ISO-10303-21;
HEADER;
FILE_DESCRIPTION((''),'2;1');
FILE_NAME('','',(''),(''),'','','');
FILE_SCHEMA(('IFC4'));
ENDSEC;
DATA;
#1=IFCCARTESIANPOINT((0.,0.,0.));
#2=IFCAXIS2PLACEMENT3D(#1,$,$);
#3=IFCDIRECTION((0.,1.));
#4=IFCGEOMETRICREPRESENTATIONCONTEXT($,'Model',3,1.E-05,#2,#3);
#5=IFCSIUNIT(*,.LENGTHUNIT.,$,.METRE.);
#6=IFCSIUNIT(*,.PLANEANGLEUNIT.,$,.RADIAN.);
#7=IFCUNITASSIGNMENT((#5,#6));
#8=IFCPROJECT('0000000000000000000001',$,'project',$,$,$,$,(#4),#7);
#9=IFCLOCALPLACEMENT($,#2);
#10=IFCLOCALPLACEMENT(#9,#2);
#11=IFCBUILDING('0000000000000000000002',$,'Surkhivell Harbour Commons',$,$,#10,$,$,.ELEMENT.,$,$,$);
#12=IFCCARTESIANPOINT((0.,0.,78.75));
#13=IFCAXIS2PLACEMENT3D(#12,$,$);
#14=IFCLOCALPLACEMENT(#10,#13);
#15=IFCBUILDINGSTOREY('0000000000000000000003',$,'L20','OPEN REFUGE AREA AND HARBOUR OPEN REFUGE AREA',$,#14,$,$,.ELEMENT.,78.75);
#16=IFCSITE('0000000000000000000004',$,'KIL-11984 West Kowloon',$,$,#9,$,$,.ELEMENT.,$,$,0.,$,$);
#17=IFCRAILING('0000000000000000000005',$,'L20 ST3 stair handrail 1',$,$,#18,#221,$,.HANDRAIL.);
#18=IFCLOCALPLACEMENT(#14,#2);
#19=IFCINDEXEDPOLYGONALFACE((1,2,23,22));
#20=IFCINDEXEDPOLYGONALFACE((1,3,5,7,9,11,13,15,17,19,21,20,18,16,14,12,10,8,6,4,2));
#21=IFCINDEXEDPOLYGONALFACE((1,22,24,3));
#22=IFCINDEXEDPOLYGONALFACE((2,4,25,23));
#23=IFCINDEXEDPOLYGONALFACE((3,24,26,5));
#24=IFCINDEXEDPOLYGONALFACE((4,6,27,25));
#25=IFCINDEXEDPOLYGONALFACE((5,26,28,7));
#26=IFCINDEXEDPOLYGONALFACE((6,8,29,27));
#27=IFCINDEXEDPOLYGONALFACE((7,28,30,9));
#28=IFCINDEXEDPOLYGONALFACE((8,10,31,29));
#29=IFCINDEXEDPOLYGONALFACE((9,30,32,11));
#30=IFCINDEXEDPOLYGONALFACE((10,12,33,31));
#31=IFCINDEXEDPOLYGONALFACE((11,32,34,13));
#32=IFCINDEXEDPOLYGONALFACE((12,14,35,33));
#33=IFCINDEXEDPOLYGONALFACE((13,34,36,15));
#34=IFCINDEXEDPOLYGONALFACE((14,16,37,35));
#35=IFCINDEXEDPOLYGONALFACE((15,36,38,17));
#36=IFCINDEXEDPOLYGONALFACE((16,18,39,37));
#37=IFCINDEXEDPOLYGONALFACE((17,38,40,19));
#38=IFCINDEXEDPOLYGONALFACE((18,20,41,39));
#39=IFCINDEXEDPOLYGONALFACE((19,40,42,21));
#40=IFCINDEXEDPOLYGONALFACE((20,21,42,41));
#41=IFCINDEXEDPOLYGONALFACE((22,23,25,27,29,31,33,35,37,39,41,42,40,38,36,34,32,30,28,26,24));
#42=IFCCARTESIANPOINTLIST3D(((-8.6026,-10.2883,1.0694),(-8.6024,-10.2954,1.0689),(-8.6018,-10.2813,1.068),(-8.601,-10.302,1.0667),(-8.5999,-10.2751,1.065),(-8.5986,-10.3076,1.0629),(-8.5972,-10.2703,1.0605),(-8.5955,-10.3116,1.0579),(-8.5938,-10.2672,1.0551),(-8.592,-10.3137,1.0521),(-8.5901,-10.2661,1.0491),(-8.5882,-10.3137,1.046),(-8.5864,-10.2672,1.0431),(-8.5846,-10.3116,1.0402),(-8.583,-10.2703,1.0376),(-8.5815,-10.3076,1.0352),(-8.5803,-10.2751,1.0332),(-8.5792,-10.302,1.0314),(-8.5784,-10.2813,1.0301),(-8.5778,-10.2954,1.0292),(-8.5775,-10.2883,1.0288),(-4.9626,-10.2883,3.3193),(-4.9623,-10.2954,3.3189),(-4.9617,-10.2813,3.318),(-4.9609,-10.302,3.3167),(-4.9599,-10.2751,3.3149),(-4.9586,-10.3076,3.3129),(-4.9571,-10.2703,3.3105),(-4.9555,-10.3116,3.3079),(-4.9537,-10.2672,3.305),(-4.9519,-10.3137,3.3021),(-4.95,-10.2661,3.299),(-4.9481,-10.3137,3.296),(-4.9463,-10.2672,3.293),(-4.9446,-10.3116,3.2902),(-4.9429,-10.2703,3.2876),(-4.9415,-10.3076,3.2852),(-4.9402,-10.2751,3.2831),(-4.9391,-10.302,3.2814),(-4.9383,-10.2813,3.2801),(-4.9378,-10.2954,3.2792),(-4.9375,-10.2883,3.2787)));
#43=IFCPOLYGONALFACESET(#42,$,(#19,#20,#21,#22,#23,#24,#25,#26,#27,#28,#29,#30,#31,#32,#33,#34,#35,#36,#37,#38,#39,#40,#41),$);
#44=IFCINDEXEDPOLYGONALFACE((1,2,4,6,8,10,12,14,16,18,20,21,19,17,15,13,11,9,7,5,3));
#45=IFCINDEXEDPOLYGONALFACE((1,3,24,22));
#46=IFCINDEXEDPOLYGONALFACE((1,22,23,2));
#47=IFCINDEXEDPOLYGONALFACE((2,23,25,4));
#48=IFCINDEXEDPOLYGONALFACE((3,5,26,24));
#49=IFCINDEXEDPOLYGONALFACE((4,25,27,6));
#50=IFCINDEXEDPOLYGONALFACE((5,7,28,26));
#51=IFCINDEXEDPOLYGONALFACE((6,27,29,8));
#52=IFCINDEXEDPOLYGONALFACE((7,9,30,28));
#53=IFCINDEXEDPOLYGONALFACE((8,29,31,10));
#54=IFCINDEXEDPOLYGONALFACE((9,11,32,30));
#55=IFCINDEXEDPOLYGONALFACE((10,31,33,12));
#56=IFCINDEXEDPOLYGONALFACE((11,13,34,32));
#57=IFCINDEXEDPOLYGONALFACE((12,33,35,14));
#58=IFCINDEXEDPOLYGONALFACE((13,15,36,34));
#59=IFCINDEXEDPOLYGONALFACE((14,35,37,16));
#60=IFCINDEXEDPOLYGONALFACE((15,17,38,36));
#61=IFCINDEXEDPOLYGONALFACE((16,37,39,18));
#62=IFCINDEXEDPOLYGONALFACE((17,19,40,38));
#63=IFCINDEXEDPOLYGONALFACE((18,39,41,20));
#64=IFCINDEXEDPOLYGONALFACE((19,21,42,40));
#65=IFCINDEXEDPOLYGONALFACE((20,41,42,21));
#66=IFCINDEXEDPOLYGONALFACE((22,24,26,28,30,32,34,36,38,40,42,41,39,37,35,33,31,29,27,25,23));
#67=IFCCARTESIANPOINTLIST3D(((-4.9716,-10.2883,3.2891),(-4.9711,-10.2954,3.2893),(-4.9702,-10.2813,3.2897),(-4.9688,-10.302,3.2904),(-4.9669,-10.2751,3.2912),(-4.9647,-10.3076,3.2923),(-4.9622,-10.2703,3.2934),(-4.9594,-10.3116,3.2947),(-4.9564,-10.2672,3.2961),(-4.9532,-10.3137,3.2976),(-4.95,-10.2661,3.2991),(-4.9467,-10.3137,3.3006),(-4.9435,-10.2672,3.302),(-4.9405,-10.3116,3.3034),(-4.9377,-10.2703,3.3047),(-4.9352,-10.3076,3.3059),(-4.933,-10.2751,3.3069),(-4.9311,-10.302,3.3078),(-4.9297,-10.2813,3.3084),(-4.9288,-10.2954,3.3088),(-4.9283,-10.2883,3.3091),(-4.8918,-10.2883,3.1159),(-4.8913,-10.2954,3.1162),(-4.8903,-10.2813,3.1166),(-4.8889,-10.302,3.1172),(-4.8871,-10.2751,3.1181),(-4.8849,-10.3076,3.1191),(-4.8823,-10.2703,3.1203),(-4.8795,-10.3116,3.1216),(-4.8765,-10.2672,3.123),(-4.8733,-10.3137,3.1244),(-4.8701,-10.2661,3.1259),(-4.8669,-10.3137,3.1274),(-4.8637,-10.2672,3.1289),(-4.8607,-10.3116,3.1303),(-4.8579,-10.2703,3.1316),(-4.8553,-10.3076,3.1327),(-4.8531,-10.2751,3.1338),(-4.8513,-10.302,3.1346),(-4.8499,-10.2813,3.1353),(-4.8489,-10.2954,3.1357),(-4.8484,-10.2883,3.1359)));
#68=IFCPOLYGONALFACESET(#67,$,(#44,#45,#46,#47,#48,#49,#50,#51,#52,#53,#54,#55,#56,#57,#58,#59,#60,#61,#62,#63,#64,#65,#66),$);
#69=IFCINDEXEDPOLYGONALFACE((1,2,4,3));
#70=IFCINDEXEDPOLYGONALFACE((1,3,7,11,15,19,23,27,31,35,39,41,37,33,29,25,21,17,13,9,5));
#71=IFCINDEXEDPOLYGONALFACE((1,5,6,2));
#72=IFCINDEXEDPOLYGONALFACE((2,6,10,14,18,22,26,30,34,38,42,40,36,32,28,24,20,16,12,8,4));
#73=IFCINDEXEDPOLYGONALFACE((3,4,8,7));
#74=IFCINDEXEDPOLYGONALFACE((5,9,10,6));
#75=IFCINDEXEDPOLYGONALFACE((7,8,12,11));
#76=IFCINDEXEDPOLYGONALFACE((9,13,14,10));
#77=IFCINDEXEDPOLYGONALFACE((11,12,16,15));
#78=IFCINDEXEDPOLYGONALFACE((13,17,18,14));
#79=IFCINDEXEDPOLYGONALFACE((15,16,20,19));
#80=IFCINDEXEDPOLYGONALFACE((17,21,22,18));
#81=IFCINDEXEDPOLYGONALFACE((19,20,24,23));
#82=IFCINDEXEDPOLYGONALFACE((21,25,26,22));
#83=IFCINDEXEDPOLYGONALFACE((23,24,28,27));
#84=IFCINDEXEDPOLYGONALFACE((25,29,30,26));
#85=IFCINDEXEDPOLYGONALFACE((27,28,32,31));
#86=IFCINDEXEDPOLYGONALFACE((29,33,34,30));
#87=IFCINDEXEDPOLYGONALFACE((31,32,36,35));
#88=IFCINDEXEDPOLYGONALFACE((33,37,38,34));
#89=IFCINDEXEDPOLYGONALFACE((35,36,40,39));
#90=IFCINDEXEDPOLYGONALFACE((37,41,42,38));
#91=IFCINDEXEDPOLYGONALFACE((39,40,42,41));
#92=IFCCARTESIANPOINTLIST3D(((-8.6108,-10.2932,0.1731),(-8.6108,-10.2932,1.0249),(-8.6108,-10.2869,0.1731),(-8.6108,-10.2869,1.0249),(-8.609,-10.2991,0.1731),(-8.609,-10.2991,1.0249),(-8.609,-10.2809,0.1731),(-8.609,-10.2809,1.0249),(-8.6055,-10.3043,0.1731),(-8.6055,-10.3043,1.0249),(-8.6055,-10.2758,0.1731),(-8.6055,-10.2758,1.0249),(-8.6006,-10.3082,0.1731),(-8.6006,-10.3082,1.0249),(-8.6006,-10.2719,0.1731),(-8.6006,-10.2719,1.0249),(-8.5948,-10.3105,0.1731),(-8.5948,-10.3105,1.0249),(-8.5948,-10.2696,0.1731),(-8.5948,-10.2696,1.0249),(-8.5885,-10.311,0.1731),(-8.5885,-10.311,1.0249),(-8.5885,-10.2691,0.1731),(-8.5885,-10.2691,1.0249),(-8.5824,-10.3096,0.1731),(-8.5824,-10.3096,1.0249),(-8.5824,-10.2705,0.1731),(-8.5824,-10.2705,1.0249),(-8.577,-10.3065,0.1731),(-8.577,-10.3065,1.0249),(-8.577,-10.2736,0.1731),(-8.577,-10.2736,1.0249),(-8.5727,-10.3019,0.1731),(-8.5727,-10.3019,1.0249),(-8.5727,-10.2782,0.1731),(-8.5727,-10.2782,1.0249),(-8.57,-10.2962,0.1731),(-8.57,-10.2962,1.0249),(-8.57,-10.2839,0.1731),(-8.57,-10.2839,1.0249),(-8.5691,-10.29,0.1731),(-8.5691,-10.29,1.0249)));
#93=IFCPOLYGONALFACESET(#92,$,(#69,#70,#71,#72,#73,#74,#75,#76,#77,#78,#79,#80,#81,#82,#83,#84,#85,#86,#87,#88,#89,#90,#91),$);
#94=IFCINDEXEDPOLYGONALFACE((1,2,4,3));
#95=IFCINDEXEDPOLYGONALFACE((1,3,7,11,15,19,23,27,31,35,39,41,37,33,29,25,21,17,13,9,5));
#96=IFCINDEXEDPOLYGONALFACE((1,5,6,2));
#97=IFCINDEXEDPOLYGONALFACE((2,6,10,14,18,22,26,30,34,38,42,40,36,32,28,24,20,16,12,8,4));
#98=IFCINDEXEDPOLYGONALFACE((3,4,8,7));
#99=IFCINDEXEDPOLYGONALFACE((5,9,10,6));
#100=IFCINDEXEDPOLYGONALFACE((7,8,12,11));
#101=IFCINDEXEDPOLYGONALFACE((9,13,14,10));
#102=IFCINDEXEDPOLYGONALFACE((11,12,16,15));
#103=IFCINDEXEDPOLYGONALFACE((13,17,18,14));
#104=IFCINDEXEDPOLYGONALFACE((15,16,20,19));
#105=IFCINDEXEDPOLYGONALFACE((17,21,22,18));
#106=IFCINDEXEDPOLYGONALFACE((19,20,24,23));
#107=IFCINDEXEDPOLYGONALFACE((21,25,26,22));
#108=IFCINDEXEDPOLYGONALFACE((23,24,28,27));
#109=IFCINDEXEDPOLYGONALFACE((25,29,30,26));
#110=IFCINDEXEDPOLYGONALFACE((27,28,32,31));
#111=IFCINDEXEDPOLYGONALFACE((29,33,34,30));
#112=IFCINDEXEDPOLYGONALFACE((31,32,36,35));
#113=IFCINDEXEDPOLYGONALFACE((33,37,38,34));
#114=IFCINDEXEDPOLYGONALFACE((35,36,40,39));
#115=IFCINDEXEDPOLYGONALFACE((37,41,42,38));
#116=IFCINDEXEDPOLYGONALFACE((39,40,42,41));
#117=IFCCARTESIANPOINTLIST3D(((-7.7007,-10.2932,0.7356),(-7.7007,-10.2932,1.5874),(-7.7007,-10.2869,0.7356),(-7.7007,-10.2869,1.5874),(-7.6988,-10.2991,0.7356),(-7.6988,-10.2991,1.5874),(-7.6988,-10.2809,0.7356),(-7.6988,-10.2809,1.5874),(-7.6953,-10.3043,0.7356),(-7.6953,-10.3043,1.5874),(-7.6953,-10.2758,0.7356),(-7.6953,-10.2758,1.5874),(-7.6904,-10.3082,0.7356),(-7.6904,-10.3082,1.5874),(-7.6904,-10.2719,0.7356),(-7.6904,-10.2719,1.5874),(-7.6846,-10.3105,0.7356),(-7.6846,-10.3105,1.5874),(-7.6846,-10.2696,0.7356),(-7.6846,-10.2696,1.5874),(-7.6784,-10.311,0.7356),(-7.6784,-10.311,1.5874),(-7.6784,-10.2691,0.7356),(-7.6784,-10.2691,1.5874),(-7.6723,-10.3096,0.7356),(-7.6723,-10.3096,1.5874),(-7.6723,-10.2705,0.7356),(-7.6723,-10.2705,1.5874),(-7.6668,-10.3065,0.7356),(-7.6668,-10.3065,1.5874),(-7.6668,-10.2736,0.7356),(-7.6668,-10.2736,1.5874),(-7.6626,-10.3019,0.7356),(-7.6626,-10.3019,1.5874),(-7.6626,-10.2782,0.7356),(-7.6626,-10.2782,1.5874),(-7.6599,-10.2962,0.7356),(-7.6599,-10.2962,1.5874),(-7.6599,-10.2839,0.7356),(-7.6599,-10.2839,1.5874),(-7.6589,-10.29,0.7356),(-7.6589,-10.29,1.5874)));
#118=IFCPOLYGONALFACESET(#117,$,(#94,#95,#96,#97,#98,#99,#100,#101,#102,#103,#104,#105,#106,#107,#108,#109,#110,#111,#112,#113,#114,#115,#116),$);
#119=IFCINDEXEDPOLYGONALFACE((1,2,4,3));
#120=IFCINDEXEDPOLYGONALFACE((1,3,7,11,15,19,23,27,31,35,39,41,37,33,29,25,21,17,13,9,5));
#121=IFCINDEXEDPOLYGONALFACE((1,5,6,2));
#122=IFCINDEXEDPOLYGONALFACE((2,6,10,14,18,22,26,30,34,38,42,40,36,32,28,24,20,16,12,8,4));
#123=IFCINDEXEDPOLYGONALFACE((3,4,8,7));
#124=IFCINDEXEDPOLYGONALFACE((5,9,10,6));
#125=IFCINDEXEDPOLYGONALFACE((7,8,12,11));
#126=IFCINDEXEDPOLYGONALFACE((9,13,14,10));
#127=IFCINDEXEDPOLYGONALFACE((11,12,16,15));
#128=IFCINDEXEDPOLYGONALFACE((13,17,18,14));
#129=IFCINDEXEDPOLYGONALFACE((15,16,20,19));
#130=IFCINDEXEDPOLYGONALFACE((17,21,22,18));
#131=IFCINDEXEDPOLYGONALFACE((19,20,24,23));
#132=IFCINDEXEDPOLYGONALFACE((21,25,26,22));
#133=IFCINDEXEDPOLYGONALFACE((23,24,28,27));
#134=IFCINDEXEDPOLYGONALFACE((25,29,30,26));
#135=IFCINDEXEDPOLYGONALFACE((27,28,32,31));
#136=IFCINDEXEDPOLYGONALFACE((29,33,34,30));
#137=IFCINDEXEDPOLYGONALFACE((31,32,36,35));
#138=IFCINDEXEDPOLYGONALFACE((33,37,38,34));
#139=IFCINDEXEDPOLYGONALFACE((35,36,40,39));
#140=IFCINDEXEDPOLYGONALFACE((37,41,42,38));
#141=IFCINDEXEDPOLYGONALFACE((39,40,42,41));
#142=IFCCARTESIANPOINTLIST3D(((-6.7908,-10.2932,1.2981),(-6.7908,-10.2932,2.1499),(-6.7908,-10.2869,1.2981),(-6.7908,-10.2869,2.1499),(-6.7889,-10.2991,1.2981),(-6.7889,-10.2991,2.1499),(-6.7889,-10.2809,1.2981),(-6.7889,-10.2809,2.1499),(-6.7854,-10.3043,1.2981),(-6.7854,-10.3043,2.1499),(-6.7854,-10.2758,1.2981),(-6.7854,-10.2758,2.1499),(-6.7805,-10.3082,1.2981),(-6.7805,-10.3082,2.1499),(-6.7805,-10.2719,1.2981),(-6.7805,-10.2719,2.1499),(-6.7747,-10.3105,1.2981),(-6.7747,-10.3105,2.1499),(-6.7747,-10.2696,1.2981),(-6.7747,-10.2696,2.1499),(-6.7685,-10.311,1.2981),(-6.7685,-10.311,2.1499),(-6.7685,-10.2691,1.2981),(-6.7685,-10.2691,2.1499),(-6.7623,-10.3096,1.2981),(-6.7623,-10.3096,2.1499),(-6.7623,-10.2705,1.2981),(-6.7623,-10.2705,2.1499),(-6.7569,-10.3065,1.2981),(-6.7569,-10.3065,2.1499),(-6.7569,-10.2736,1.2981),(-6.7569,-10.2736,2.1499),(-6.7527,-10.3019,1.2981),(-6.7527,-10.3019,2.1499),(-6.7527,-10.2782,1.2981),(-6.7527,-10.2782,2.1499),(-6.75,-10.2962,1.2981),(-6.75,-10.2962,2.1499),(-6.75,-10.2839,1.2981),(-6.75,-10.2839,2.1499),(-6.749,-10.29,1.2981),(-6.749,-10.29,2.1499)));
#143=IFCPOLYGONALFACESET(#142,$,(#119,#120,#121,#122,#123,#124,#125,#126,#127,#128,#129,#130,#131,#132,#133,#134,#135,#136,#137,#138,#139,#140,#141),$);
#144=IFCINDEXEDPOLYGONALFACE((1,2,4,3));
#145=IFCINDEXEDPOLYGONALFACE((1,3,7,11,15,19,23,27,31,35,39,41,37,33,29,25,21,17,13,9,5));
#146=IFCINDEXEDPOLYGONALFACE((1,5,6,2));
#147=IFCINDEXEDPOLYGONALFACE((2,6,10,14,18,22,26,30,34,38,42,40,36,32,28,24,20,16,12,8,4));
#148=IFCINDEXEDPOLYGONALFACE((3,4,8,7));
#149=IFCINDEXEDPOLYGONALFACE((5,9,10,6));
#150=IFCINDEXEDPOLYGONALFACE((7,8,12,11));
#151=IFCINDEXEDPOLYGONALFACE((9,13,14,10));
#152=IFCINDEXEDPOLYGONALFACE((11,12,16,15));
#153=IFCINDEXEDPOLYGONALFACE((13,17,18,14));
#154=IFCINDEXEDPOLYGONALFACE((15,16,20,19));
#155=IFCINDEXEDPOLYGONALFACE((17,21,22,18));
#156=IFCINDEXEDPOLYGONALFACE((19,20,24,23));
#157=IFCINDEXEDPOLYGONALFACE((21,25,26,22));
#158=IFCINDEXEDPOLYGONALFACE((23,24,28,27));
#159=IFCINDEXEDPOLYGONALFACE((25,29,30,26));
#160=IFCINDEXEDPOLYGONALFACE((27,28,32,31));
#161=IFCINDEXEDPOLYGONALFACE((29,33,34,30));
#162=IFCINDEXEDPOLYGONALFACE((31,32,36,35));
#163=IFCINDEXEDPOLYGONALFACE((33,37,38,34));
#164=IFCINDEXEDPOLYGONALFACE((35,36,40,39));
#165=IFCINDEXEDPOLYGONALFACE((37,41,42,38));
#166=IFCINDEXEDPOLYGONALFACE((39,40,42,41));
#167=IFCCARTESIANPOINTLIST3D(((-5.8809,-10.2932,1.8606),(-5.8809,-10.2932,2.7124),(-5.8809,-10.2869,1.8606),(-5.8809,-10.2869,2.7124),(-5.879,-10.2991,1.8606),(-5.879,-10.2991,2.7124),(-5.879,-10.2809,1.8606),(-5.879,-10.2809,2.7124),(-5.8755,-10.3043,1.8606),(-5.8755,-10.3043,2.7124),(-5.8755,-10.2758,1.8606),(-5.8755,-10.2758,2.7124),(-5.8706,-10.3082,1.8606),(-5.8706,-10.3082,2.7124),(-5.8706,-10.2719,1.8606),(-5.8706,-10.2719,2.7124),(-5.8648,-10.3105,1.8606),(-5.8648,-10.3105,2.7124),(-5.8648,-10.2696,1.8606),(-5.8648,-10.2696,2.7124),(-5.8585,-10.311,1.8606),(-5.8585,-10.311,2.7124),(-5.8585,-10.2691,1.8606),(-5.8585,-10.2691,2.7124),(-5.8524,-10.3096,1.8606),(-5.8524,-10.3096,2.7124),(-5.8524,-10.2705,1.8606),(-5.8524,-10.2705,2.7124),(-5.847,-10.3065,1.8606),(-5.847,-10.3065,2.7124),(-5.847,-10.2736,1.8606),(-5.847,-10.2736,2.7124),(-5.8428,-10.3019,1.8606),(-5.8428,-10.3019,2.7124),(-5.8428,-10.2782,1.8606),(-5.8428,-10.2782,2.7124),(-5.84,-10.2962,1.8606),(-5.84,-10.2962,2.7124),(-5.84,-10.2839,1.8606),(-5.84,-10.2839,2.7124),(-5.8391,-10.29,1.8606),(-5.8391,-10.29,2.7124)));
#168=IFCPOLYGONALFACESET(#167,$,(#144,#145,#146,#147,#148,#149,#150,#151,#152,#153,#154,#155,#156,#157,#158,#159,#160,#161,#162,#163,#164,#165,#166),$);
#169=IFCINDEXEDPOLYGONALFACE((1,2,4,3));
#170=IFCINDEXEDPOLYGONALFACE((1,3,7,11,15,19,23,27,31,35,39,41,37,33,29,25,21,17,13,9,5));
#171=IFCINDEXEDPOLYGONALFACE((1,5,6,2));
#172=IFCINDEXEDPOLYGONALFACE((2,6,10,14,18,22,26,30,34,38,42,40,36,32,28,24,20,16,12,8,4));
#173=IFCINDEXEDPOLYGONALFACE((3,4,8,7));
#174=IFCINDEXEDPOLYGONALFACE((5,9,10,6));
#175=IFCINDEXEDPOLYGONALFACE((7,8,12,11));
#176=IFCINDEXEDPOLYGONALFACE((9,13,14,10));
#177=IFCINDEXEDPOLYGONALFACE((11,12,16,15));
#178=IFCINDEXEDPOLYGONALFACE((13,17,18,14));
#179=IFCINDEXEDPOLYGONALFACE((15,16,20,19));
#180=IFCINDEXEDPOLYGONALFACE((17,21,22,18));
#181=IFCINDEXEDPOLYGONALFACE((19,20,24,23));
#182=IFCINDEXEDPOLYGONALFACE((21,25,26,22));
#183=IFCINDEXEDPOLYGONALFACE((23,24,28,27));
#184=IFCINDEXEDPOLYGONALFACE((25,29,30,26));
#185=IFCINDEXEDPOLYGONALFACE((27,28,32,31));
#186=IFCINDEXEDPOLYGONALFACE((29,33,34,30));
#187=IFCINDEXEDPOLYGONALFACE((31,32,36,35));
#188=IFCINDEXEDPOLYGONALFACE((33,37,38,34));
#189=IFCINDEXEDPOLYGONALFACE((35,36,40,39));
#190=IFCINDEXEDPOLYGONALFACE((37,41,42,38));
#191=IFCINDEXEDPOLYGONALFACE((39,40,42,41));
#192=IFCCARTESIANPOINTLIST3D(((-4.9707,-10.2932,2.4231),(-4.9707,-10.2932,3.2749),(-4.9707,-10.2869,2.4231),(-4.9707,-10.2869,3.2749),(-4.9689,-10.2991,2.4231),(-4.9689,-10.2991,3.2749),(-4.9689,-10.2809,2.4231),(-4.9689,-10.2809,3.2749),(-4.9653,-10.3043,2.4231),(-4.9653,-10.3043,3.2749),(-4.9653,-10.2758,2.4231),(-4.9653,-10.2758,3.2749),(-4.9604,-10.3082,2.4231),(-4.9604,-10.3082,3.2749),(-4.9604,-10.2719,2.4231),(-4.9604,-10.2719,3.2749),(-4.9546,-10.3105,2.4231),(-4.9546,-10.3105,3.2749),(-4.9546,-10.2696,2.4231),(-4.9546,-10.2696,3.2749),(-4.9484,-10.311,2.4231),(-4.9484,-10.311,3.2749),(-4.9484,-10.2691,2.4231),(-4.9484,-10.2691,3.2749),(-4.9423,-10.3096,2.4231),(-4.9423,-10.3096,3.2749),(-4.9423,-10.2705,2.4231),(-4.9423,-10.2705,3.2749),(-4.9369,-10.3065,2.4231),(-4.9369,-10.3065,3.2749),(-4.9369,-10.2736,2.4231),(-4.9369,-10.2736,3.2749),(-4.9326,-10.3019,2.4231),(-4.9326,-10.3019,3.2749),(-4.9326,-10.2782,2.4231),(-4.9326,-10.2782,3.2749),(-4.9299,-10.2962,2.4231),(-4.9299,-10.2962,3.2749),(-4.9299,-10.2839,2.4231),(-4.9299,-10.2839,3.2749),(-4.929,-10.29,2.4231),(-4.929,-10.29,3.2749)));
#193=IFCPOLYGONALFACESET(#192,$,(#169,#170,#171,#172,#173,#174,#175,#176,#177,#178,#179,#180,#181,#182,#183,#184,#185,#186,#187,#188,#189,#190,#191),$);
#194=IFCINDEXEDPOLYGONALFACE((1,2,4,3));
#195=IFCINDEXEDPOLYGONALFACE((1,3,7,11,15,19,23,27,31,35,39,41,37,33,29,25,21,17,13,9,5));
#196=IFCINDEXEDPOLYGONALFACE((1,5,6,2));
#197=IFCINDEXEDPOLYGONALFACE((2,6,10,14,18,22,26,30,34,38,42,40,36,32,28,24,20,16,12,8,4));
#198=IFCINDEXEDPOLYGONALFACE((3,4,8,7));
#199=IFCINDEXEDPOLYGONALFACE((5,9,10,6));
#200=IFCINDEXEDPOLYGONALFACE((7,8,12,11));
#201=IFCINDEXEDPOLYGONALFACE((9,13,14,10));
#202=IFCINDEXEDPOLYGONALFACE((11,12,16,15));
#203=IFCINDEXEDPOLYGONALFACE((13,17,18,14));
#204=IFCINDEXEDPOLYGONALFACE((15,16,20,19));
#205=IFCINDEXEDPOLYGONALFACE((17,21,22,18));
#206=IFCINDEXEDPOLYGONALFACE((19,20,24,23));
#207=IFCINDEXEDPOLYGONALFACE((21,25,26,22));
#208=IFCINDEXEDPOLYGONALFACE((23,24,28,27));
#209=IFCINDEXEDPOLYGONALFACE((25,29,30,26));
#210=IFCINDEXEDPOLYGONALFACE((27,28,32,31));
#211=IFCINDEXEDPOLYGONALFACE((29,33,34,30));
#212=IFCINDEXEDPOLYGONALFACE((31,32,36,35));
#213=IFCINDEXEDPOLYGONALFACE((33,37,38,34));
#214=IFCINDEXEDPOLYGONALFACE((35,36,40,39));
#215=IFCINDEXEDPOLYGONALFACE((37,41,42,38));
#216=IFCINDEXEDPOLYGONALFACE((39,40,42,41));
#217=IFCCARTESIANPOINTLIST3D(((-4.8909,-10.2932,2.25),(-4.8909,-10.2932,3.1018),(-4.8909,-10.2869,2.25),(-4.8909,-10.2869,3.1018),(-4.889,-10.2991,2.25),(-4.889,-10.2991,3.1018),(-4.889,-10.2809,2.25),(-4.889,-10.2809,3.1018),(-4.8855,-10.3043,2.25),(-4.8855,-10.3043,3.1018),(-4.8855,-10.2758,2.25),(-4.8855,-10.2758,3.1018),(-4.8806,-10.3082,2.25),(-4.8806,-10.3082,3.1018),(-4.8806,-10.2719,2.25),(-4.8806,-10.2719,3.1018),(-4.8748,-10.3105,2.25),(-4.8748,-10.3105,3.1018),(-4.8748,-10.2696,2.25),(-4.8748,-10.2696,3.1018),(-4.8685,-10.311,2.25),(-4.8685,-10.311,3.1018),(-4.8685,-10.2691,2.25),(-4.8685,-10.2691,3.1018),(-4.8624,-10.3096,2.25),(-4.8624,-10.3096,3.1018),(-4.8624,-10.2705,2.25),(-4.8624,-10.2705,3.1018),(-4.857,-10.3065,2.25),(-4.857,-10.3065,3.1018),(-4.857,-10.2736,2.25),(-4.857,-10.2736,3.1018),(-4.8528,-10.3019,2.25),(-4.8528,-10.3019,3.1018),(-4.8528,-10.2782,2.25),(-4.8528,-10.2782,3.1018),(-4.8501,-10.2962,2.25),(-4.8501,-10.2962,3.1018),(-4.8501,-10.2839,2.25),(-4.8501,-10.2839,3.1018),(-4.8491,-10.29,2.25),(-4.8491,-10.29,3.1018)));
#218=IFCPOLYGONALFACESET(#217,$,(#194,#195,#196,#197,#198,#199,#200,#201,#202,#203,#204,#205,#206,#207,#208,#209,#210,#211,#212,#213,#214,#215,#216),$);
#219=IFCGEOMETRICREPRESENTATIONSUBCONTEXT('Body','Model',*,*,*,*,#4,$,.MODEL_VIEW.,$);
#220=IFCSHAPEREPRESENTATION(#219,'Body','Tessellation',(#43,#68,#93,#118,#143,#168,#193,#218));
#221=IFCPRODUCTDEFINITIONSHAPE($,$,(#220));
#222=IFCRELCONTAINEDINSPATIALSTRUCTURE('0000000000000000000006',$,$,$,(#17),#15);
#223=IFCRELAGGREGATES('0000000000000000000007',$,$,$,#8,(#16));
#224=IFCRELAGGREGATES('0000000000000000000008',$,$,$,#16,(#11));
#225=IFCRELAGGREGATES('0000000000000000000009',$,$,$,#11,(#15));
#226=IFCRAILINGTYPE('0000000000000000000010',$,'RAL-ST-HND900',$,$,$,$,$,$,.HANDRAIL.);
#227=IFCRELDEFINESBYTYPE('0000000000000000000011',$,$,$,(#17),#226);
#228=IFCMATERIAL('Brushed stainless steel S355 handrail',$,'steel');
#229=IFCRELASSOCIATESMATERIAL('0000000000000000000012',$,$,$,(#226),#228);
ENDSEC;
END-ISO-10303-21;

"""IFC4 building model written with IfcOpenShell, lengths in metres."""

from ifc_helpers import new_model, si_unit, direction, frame, origin, origin_2d, place, context, subcontext, project, spatial, circle, extrude, material, type_object, element, save


model = new_model("IFC4")

# Units and contexts
model_context = context("Model", 3, precision=1e-05, world=origin(), true_north=direction((0.0, 1.0)))
body_context = subcontext(model_context, "Body", "Model", "MODEL_VIEW")
ifc_project = project(units=[si_unit("LENGTHUNIT", "METRE"), si_unit("PLANEANGLEUNIT", "RADIAN")], contexts=[model_context])

# Site, building, storey
site_placement = place(None, origin())
site = spatial("IfcSite", under=ifc_project, at=site_placement, Name="KIL-11984 West Kowloon", CompositionType="ELEMENT", RefElevation=0.0)
building_placement = place(site_placement, origin())
building = spatial("IfcBuilding", under=site, at=building_placement, Name="Surkhivell Harbour Commons", CompositionType="ELEMENT")
storey_placement = place(building_placement, frame((0.0, 0.0, 78.75)))
storey = spatial("IfcBuildingStorey", under=building, at=storey_placement, Name="L20", Description="OPEN REFUGE AREA AND HARBOUR OPEN REFUGE AREA", CompositionType="ELEMENT", Elevation=78.75)

# Railing
ifc_material_1 = material(Name="Brushed stainless steel S355 handrail", Category="steel")
railing_type_1 = type_object("IfcRailingType", Name="RAL-ST-HND900", PredefinedType="HANDRAIL", material=ifc_material_1)
railing_1_placement = place(storey_placement, frame((-8.5901, -10.29, 0.1731)))
element("IfcRailing", 1, at=railing_1_placement, inside=storey, type_object=railing_type_1, Name="L20 ST3 stair handrail 1", PredefinedType="HANDRAIL", context=body_context, shape_type="SweptSolid", body=[
    extrude(circle(Radius=0.0239, at=origin_2d()), frame((0.0, 0.0, 0.876), z_axis=(0.850622, 0.0, 0.525777), x_axis=(0.0, 1.0, 0.0)), (0.0, 0.0, 1.0), 4.2793),
    extrude(circle(Radius=0.0239, at=origin_2d()), frame((3.6401, 0.0, 3.126), z_axis=(0.418815, 0.0, -0.908072), x_axis=(0.0, 1.0, 0.0)), (0.0, 0.0, 1.0), 0.1907),
    extrude(circle(Radius=0.021, at=origin_2d()), origin(), (0.0, 0.0, 1.0), 0.8518),
    extrude(circle(Radius=0.021, at=origin_2d()), frame((0.9102, 0.0, 0.5625)), (0.0, 0.0, 1.0), 0.8518),
    extrude(circle(Radius=0.021, at=origin_2d()), frame((1.8201, 0.0, 1.125)), (0.0, 0.0, 1.0), 0.8518),
    extrude(circle(Radius=0.021, at=origin_2d()), frame((2.73, 0.0, 1.6875)), (0.0, 0.0, 1.0), 0.8518),
    extrude(circle(Radius=0.021, at=origin_2d()), frame((3.6401, 0.0, 2.25)), (0.0, 0.0, 1.0), 0.8518),
    extrude(circle(Radius=0.021, at=origin_2d()), frame((3.72, 0.0, 2.0769)), (0.0, 0.0, 1.0), 0.8518),
])

save(model, "model.ifc")
